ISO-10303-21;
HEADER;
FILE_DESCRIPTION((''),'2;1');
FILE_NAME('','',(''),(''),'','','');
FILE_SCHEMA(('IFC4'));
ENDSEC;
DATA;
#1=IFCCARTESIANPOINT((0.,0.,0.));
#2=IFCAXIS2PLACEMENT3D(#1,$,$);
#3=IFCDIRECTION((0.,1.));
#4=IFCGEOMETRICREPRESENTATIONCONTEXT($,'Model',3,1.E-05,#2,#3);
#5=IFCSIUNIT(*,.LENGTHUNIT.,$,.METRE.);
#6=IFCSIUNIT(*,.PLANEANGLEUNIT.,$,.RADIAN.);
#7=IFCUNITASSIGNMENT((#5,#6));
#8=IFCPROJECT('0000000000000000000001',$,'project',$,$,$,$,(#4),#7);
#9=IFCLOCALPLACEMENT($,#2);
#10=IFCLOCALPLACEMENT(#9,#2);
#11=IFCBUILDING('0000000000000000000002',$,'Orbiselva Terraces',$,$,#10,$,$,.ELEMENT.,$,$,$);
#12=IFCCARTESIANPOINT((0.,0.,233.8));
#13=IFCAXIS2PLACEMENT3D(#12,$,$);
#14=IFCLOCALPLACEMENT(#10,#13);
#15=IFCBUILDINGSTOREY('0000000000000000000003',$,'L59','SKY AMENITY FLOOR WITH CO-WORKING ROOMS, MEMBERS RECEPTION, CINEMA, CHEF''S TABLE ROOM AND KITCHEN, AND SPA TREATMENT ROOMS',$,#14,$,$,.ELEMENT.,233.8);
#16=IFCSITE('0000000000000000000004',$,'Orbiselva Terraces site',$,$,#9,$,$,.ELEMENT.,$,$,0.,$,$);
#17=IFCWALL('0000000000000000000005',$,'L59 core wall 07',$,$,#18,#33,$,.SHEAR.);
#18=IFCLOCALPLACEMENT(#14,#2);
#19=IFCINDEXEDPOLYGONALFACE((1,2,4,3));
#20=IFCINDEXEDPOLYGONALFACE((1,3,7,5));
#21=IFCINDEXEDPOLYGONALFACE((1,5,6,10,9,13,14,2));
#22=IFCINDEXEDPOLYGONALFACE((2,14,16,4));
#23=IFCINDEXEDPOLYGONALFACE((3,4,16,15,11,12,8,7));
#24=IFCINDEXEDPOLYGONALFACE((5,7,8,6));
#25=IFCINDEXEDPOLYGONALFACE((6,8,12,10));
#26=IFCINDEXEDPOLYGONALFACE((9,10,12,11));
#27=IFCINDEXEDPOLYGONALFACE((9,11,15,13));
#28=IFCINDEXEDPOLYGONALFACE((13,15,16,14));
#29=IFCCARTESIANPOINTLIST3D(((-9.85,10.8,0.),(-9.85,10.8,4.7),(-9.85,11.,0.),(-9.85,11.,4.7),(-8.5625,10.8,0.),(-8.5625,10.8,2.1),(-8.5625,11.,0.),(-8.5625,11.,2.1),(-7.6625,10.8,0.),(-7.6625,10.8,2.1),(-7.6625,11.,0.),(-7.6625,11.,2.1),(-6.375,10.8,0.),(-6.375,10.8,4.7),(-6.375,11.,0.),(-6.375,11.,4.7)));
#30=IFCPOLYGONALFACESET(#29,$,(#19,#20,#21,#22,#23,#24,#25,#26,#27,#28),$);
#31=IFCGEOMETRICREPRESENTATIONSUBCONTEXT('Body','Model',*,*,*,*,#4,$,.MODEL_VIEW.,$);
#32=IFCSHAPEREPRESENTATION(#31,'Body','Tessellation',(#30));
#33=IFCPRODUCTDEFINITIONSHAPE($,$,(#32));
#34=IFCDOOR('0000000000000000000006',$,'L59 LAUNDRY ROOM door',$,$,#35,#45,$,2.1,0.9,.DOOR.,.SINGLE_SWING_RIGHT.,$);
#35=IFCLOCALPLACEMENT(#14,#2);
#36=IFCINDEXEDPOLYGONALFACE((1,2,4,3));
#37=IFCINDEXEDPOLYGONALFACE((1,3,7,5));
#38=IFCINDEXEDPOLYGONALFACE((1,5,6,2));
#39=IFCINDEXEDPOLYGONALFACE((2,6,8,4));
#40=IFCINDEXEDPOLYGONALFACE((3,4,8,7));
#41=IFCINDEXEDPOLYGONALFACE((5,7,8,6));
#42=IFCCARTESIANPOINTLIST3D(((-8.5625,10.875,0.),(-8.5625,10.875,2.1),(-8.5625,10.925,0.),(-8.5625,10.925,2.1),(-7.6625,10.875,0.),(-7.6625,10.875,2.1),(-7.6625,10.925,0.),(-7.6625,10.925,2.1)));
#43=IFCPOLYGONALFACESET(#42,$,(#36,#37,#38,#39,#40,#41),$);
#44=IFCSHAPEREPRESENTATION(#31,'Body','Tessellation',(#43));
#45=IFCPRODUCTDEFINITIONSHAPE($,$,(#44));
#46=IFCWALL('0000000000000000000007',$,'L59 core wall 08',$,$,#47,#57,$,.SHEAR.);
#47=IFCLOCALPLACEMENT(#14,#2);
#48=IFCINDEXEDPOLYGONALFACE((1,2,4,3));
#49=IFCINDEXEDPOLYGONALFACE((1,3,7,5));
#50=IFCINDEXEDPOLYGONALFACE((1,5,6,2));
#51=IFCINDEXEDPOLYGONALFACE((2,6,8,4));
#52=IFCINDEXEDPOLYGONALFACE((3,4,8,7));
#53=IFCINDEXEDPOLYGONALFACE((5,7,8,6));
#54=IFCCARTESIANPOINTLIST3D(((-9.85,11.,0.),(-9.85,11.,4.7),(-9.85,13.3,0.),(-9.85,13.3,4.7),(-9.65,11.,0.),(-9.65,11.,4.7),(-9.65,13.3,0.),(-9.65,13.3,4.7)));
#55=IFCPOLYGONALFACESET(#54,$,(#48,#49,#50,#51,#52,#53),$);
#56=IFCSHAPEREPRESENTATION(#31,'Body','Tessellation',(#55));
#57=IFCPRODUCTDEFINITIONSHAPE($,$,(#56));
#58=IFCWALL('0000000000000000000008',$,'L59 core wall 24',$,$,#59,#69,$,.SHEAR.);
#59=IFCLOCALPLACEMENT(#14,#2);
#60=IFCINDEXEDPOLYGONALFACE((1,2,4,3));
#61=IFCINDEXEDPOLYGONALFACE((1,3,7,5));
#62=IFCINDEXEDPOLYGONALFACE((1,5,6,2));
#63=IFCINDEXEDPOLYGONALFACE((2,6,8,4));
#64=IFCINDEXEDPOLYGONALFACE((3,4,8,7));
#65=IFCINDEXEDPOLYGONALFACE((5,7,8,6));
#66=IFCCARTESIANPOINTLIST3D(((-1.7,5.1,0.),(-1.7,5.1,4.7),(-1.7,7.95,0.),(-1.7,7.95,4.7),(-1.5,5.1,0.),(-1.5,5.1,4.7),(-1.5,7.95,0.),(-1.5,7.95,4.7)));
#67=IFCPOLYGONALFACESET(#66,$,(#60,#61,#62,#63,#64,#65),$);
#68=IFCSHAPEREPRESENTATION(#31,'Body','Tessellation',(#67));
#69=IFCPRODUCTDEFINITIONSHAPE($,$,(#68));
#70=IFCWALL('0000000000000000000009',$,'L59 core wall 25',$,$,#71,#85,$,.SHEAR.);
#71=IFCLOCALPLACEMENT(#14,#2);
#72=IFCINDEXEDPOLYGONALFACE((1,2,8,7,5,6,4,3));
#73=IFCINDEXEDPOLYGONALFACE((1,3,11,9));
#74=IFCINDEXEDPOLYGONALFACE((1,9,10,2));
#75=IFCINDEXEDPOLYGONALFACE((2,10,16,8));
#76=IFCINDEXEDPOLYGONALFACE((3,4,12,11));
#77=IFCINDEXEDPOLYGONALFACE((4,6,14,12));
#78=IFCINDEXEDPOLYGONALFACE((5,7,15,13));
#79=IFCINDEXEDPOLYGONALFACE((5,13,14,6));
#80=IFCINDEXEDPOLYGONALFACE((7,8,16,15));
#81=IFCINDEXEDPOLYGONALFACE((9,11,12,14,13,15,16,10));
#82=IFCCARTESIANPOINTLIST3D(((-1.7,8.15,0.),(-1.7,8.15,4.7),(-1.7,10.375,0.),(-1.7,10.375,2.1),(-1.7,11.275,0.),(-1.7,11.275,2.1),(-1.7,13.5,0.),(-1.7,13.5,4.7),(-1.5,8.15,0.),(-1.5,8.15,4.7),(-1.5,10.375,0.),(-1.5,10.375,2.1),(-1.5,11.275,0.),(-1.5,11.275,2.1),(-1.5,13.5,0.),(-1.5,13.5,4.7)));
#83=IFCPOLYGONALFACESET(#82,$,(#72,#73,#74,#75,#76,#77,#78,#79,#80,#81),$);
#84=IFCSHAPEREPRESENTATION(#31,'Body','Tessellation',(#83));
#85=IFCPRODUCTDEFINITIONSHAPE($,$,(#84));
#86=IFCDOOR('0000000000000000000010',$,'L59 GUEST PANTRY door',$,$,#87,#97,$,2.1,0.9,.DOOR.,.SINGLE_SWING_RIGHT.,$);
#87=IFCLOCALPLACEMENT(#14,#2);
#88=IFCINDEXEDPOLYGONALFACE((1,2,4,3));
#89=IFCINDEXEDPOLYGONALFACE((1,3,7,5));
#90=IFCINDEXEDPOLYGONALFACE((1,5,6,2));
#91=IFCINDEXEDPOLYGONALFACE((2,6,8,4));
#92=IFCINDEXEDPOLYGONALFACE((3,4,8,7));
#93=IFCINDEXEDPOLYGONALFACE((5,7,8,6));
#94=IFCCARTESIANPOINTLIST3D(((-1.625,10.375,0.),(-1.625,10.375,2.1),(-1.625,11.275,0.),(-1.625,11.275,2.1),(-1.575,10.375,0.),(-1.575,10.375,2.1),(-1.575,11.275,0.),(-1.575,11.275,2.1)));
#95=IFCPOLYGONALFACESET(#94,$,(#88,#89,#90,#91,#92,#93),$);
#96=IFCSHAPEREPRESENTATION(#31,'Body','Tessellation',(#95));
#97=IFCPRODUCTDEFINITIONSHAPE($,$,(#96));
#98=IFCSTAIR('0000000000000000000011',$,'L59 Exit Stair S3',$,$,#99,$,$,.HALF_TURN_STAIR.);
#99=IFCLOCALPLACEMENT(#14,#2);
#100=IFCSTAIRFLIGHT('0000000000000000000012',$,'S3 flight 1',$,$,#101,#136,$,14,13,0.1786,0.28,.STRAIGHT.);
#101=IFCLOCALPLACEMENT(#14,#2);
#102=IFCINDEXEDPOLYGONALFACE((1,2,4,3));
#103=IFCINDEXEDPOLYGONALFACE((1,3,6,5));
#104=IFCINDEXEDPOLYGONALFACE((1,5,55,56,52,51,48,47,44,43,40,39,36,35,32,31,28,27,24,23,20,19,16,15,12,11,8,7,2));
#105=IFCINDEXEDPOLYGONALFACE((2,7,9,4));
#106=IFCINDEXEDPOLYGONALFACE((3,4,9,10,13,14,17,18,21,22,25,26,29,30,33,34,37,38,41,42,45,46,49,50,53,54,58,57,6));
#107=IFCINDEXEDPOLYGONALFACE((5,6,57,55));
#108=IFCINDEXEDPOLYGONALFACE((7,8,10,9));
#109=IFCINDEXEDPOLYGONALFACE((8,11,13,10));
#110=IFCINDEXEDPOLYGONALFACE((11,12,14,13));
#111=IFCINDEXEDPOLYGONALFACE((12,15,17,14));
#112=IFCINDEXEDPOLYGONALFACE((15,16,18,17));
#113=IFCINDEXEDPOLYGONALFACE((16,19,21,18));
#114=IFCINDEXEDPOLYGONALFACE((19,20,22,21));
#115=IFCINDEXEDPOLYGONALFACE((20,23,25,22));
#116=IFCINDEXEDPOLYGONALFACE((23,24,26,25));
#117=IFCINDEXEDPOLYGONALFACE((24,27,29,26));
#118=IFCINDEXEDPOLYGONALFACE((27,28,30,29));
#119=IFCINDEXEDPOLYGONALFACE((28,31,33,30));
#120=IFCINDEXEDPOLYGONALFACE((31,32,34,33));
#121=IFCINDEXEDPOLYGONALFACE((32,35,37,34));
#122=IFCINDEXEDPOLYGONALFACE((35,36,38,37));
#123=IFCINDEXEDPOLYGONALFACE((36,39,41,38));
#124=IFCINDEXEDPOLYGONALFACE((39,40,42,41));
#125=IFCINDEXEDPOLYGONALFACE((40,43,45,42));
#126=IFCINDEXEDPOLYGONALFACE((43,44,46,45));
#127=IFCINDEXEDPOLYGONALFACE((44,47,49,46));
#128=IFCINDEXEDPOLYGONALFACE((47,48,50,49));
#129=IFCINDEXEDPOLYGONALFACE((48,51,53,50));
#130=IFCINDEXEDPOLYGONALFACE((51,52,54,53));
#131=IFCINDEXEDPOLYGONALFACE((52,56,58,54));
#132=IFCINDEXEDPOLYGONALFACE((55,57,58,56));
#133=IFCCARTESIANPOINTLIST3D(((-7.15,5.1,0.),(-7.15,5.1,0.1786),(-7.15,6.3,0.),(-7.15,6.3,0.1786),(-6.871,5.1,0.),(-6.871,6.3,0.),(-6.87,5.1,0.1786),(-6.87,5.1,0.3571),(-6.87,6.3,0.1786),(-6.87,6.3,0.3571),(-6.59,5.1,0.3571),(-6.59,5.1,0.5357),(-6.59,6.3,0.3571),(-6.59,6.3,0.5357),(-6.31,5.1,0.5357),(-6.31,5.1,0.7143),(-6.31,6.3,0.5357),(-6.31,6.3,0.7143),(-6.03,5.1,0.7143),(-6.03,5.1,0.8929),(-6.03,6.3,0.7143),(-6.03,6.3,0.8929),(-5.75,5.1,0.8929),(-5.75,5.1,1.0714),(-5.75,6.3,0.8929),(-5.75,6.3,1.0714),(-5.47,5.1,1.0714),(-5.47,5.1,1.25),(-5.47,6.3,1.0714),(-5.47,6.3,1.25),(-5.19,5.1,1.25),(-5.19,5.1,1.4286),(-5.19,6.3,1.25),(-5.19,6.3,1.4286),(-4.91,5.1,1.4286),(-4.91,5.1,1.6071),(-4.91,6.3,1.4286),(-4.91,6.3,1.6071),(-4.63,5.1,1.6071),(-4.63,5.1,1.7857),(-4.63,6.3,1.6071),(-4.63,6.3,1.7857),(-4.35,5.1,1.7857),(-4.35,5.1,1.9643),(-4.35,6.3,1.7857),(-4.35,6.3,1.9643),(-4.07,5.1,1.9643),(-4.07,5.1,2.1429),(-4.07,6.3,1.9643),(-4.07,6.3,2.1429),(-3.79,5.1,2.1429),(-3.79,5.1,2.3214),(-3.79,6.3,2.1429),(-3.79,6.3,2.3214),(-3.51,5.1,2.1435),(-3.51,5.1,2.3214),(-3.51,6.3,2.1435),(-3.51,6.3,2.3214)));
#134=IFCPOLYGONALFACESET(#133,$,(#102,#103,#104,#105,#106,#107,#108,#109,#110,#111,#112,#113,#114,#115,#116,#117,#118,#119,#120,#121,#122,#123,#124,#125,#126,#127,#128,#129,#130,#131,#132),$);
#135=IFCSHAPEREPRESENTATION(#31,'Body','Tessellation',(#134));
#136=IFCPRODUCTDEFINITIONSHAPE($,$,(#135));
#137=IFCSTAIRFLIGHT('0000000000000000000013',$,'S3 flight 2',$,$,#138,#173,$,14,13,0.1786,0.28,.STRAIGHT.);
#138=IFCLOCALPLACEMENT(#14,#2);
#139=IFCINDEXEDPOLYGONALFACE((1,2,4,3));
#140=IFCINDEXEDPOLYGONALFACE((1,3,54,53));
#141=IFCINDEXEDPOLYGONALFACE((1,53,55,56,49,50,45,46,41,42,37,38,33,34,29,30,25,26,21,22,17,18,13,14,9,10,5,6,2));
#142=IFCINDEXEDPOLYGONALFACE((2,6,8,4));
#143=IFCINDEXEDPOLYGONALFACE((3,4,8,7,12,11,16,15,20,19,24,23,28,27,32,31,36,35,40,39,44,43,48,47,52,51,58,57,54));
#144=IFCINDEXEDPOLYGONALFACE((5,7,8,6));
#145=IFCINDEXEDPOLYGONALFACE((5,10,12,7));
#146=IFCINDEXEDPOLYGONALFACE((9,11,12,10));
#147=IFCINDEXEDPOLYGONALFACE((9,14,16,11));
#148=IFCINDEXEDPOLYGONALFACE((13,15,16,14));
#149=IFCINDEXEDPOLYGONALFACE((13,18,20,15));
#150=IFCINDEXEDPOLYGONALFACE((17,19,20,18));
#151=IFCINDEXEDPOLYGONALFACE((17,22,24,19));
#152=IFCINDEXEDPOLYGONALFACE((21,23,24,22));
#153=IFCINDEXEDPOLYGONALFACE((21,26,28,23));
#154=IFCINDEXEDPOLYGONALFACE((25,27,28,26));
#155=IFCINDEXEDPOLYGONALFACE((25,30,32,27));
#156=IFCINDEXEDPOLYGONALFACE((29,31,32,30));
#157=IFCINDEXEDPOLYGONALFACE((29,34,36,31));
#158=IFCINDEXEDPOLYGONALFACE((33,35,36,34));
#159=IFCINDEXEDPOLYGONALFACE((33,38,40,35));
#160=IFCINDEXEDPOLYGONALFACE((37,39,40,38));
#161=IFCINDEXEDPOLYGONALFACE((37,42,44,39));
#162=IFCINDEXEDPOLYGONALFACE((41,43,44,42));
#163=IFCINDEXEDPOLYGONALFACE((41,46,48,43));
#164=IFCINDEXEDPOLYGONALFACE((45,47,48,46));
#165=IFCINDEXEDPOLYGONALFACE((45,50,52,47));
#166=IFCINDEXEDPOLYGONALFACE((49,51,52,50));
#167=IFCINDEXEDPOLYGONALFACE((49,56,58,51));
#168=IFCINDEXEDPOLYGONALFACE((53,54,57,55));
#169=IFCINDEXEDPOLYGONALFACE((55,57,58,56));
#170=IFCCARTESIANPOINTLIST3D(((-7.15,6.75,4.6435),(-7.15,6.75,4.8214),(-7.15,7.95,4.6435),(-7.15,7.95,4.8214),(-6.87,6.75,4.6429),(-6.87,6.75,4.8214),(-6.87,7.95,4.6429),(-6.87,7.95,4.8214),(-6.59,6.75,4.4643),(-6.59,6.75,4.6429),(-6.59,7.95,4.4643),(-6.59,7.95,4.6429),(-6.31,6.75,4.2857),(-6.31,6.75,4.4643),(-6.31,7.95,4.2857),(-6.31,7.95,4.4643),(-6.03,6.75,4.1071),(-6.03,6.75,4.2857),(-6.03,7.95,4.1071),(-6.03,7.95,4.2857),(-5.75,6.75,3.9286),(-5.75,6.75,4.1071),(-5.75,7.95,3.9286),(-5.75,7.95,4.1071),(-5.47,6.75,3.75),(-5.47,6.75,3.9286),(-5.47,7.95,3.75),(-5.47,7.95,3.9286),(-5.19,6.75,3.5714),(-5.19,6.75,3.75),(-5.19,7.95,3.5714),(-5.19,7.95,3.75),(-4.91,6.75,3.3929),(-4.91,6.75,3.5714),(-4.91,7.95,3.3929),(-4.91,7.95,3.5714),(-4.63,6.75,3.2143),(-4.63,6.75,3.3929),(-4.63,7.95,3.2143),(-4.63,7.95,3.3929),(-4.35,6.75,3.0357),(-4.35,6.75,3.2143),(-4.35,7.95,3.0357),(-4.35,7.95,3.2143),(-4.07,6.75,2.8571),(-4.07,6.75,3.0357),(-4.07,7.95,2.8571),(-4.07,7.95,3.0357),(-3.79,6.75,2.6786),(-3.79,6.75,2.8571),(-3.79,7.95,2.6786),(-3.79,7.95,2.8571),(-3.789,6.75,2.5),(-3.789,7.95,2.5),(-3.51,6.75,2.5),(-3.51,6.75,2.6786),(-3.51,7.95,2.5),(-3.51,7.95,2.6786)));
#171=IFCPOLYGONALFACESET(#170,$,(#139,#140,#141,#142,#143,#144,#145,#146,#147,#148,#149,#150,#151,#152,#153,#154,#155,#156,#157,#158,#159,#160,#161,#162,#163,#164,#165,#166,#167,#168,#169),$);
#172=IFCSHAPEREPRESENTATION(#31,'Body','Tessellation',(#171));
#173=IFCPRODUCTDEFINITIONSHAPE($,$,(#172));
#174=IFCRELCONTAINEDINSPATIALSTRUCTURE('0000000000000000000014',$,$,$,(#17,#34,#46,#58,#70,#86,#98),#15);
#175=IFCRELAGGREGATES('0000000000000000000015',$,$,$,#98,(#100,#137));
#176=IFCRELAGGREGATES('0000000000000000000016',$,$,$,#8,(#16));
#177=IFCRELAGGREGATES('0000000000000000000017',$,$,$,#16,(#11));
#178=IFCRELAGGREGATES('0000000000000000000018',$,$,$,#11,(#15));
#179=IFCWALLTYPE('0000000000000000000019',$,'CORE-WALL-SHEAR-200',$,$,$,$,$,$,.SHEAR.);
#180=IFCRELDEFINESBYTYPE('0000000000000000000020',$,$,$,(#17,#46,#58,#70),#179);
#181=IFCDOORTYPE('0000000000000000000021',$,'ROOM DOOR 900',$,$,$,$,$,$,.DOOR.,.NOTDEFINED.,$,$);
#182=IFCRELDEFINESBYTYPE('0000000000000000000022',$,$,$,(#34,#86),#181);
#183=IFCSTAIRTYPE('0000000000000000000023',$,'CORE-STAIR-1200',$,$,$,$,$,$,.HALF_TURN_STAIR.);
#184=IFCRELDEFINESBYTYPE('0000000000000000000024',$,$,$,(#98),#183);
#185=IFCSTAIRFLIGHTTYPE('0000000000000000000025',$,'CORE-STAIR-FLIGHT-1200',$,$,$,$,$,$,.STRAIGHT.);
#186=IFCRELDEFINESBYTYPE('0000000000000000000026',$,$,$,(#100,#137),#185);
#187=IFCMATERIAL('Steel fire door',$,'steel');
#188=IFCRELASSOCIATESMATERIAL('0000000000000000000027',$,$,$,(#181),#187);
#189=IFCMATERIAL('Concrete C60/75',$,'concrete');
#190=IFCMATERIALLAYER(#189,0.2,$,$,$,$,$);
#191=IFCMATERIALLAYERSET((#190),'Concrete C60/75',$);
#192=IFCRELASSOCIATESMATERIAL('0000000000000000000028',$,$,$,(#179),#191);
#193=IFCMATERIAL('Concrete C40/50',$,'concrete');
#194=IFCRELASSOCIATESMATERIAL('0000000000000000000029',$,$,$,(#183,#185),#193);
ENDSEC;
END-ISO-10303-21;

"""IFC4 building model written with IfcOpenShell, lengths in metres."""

from ifc_helpers import new_model, si_unit, direction, frame, frame_2d, origin, place, context, subcontext, project, spatial, polyline, rectangle, outline, extrude, material, layer, layer_set, type_object, element, fill, aggregate, save


model = new_model("IFC4")

# Units and contexts
model_context = context("Model", 3, precision=1e-05, world=origin(), true_north=direction((0.0, 1.0)))
body_context = subcontext(model_context, "Body", "Model", "MODEL_VIEW")
ifc_project = project(units=[si_unit("LENGTHUNIT", "METRE"), si_unit("PLANEANGLEUNIT", "RADIAN")], contexts=[model_context])

# Site, building, storey
site_placement = place(None, origin())
site = spatial("IfcSite", under=ifc_project, at=site_placement, Name="Orbiselva Terraces site", CompositionType="ELEMENT", RefElevation=0.0)
building_placement = place(site_placement, origin())
building = spatial("IfcBuilding", under=site, at=building_placement, Name="Orbiselva Terraces", CompositionType="ELEMENT")
storey_placement = place(building_placement, frame((0.0, 0.0, 233.8)))
storey = spatial("IfcBuildingStorey", under=building, at=storey_placement, Name="L59", Description="SKY AMENITY FLOOR WITH CO-WORKING ROOMS, MEMBERS RECEPTION, CINEMA, CHEF'S TABLE ROOM AND KITCHEN, AND SPA TREATMENT ROOMS", CompositionType="ELEMENT", Elevation=233.8)

# Shared definitions
ifc_material_1 = material(Name="Steel fire door", Category="steel")
door_type = type_object("IfcDoorType", Name="ROOM DOOR 900", OperationType="NOTDEFINED", PredefinedType="DOOR", material=ifc_material_1)

# Shared definitions
ifc_material_2 = material(Name="Concrete C60/75", Category="concrete")
ifc_layer_1 = layer(ifc_material_2, 0.2)
ifc_layer_set_1 = layer_set([ifc_layer_1], Name="Concrete C60/75")
wall_type_1 = type_object("IfcWallType", Name="CORE-WALL-SHEAR-200", PredefinedType="SHEAR", material=ifc_layer_set_1)

# Wall, opening, door
wall_1_placement = place(storey_placement, frame((-9.85, 10.9, 0.0), z_axis=(0.0, 0.0, 1.0), x_axis=(1.0, 0.0, 0.0)))
wall_1 = element("IfcWall", 1, at=wall_1_placement, inside=storey, type_object=wall_type_1, Name="L59 core wall 07", PredefinedType="SHEAR", context=body_context, shape_type="SweptSolid", body=[
    extrude(rectangle(XDim=3.475, YDim=0.2, at=frame_2d((1.7375, 0.0))), origin(), (0.0, 0.0, 1.0), 4.7),
])
opening_1_placement = place(wall_1_placement, frame((1.2875, 0.0, 0.0)))
opening_1 = element("IfcOpeningElement", 2, at=opening_1_placement, cuts=wall_1, PredefinedType="OPENING", context=body_context, shape_type="SweptSolid", body=[
    extrude(rectangle(XDim=0.9, YDim=2.1, at=frame_2d((0.45, 1.05))), frame((0.0, 0.11, 0.0), z_axis=(0.0, -1.0, 0.0), x_axis=(1.0, 0.0, 0.0)), (0.0, 0.0, 1.0), 0.22),
])
door_1_placement = place(opening_1_placement, origin())
door_1 = element("IfcDoor", 3, at=door_1_placement, inside=storey, type_object=door_type, Name="L59 LAUNDRY ROOM door", OperationType="SINGLE_SWING_RIGHT", OverallHeight=2.1, OverallWidth=0.9, PredefinedType="DOOR", context=body_context, shape_type="SweptSolid", body=[
    extrude(rectangle(XDim=0.9, YDim=2.1, at=frame_2d((0.45, 1.05))), frame((0.0, 0.025, 0.0), z_axis=(0.0, -1.0, 0.0), x_axis=(1.0, 0.0, 0.0)), (0.0, 0.0, 1.0), 0.05),
])
fill(opening_1, door_1)

# Walls
wall_2_placement = place(storey_placement, frame((-9.75, 11.0, 0.0), z_axis=(0.0, 0.0, 1.0), x_axis=(0.0, 1.0, 0.0)))
element("IfcWall", 4, at=wall_2_placement, inside=storey, type_object=wall_type_1, Name="L59 core wall 08", PredefinedType="SHEAR", context=body_context, shape_type="SweptSolid", body=[
    extrude(rectangle(XDim=2.3, YDim=0.2, at=frame_2d((1.15, 0.0))), origin(), (0.0, 0.0, 1.0), 4.7),
])
wall_3_placement = place(storey_placement, frame((-1.6, 5.1, 0.0), z_axis=(0.0, 0.0, 1.0), x_axis=(0.0, 1.0, 0.0)))
element("IfcWall", 5, at=wall_3_placement, inside=storey, type_object=wall_type_1, Name="L59 core wall 24", PredefinedType="SHEAR", context=body_context, shape_type="SweptSolid", body=[
    extrude(rectangle(XDim=2.85, YDim=0.2, at=frame_2d((1.425, 0.0))), origin(), (0.0, 0.0, 1.0), 4.7),
])

# Wall, opening, door
wall_4_placement = place(storey_placement, frame((-1.6, 8.15, 0.0), z_axis=(0.0, 0.0, 1.0), x_axis=(0.0, 1.0, 0.0)))
wall_4 = element("IfcWall", 6, at=wall_4_placement, inside=storey, type_object=wall_type_1, Name="L59 core wall 25", PredefinedType="SHEAR", context=body_context, shape_type="SweptSolid", body=[
    extrude(rectangle(XDim=5.35, YDim=0.2, at=frame_2d((2.675, 0.0))), origin(), (0.0, 0.0, 1.0), 4.7),
])
opening_2_placement = place(wall_4_placement, frame((2.225, 0.0, 0.0)))
opening_2 = element("IfcOpeningElement", 7, at=opening_2_placement, cuts=wall_4, PredefinedType="OPENING", context=body_context, shape_type="SweptSolid", body=[
    extrude(rectangle(XDim=0.9, YDim=2.1, at=frame_2d((0.45, 1.05))), frame((0.0, 0.11, 0.0), z_axis=(0.0, -1.0, 0.0), x_axis=(1.0, 0.0, 0.0)), (0.0, 0.0, 1.0), 0.22),
])
door_2_placement = place(opening_2_placement, origin())
door_2 = element("IfcDoor", 8, at=door_2_placement, inside=storey, type_object=door_type, Name="L59 GUEST PANTRY door", OperationType="SINGLE_SWING_RIGHT", OverallHeight=2.1, OverallWidth=0.9, PredefinedType="DOOR", context=body_context, shape_type="SweptSolid", body=[
    extrude(rectangle(XDim=0.9, YDim=2.1, at=frame_2d((0.45, 1.05))), frame((0.0, 0.025, 0.0), z_axis=(0.0, -1.0, 0.0), x_axis=(1.0, 0.0, 0.0)), (0.0, 0.0, 1.0), 0.05),
])
fill(opening_2, door_2)

# Stair, stair flights
ifc_material_3 = material(Name="Concrete C40/50", Category="concrete")
stair_type = type_object("IfcStairType", Name="CORE-STAIR-1200", PredefinedType="HALF_TURN_STAIR", material=ifc_material_3)
stair_placement = place(storey_placement, origin())
stair = element("IfcStair", 9, at=stair_placement, inside=storey, type_object=stair_type, Name="L59 Exit Stair S3", PredefinedType="HALF_TURN_STAIR")
stair_flight_type = type_object("IfcStairFlightType", Name="CORE-STAIR-FLIGHT-1200", PredefinedType="STRAIGHT", material=ifc_material_3)
stair_flight_1_placement = place(storey_placement, frame((-7.15, 5.7, 0.0), z_axis=(0.0, 0.0, 1.0), x_axis=(1.0, 0.0, 0.0)))
stair_flight_1 = element("IfcStairFlight", 10, at=stair_flight_1_placement, type_object=stair_flight_type, Name="S3 flight 1", NumberOfRisers=14, NumberOfTreads=13, PredefinedType="STRAIGHT", RiserHeight=0.1786, TreadLength=0.28, context=body_context, shape_type="SweptSolid", body=[
    extrude(outline(polyline([(0.0, 0.0), (0.0, 0.1786), (0.28, 0.1786), (0.28, 0.3571), (0.56, 0.3571), (0.56, 0.5357), (0.84, 0.5357), (0.84, 0.7143), (1.12, 0.7143), (1.12, 0.8929), (1.4, 0.8929), (1.4, 1.0714), (1.68, 1.0714), (1.68, 1.25), (1.96, 1.25), (1.96, 1.4286), (2.24, 1.4286), (2.24, 1.6071), (2.52, 1.6071), (2.52, 1.7857), (2.8, 1.7857), (2.8, 1.9643), (3.08, 1.9643), (3.08, 2.1429), (3.36, 2.1429), (3.36, 2.3214), (3.64, 2.3214), (3.64, 2.5), (3.64, 2.1435), (0.279, 0.0), (0.0, 0.0)])), frame((0.0, 0.6, 0.0), z_axis=(0.0, -1.0, 0.0), x_axis=(1.0, 0.0, 0.0)), (0.0, 0.0, 1.0), 1.2),
])
stair_flight_2_placement = place(storey_placement, frame((-3.51, 7.35, 2.5), z_axis=(0.0, 0.0, 1.0), x_axis=(-1.0, 0.0, 0.0)))
stair_flight_2 = element("IfcStairFlight", 11, at=stair_flight_2_placement, type_object=stair_flight_type, Name="S3 flight 2", NumberOfRisers=14, NumberOfTreads=13, PredefinedType="STRAIGHT", RiserHeight=0.1786, TreadLength=0.28, context=body_context, shape_type="SweptSolid", body=[
    extrude(outline(polyline([(0.0, 0.0), (0.0, 0.1786), (0.28, 0.1786), (0.28, 0.3571), (0.56, 0.3571), (0.56, 0.5357), (0.84, 0.5357), (0.84, 0.7143), (1.12, 0.7143), (1.12, 0.8929), (1.4, 0.8929), (1.4, 1.0714), (1.68, 1.0714), (1.68, 1.25), (1.96, 1.25), (1.96, 1.4286), (2.24, 1.4286), (2.24, 1.6071), (2.52, 1.6071), (2.52, 1.7857), (2.8, 1.7857), (2.8, 1.9643), (3.08, 1.9643), (3.08, 2.1429), (3.36, 2.1429), (3.36, 2.3214), (3.64, 2.3214), (3.64, 2.5), (3.64, 2.1435), (0.279, 0.0), (0.0, 0.0)])), frame((0.0, 0.6, 0.0), z_axis=(0.0, -1.0, 0.0), x_axis=(1.0, 0.0, 0.0)), (0.0, 0.0, 1.0), 1.2),
])
aggregate(stair, [stair_flight_1, stair_flight_2])

save(model, "model.ifc")
